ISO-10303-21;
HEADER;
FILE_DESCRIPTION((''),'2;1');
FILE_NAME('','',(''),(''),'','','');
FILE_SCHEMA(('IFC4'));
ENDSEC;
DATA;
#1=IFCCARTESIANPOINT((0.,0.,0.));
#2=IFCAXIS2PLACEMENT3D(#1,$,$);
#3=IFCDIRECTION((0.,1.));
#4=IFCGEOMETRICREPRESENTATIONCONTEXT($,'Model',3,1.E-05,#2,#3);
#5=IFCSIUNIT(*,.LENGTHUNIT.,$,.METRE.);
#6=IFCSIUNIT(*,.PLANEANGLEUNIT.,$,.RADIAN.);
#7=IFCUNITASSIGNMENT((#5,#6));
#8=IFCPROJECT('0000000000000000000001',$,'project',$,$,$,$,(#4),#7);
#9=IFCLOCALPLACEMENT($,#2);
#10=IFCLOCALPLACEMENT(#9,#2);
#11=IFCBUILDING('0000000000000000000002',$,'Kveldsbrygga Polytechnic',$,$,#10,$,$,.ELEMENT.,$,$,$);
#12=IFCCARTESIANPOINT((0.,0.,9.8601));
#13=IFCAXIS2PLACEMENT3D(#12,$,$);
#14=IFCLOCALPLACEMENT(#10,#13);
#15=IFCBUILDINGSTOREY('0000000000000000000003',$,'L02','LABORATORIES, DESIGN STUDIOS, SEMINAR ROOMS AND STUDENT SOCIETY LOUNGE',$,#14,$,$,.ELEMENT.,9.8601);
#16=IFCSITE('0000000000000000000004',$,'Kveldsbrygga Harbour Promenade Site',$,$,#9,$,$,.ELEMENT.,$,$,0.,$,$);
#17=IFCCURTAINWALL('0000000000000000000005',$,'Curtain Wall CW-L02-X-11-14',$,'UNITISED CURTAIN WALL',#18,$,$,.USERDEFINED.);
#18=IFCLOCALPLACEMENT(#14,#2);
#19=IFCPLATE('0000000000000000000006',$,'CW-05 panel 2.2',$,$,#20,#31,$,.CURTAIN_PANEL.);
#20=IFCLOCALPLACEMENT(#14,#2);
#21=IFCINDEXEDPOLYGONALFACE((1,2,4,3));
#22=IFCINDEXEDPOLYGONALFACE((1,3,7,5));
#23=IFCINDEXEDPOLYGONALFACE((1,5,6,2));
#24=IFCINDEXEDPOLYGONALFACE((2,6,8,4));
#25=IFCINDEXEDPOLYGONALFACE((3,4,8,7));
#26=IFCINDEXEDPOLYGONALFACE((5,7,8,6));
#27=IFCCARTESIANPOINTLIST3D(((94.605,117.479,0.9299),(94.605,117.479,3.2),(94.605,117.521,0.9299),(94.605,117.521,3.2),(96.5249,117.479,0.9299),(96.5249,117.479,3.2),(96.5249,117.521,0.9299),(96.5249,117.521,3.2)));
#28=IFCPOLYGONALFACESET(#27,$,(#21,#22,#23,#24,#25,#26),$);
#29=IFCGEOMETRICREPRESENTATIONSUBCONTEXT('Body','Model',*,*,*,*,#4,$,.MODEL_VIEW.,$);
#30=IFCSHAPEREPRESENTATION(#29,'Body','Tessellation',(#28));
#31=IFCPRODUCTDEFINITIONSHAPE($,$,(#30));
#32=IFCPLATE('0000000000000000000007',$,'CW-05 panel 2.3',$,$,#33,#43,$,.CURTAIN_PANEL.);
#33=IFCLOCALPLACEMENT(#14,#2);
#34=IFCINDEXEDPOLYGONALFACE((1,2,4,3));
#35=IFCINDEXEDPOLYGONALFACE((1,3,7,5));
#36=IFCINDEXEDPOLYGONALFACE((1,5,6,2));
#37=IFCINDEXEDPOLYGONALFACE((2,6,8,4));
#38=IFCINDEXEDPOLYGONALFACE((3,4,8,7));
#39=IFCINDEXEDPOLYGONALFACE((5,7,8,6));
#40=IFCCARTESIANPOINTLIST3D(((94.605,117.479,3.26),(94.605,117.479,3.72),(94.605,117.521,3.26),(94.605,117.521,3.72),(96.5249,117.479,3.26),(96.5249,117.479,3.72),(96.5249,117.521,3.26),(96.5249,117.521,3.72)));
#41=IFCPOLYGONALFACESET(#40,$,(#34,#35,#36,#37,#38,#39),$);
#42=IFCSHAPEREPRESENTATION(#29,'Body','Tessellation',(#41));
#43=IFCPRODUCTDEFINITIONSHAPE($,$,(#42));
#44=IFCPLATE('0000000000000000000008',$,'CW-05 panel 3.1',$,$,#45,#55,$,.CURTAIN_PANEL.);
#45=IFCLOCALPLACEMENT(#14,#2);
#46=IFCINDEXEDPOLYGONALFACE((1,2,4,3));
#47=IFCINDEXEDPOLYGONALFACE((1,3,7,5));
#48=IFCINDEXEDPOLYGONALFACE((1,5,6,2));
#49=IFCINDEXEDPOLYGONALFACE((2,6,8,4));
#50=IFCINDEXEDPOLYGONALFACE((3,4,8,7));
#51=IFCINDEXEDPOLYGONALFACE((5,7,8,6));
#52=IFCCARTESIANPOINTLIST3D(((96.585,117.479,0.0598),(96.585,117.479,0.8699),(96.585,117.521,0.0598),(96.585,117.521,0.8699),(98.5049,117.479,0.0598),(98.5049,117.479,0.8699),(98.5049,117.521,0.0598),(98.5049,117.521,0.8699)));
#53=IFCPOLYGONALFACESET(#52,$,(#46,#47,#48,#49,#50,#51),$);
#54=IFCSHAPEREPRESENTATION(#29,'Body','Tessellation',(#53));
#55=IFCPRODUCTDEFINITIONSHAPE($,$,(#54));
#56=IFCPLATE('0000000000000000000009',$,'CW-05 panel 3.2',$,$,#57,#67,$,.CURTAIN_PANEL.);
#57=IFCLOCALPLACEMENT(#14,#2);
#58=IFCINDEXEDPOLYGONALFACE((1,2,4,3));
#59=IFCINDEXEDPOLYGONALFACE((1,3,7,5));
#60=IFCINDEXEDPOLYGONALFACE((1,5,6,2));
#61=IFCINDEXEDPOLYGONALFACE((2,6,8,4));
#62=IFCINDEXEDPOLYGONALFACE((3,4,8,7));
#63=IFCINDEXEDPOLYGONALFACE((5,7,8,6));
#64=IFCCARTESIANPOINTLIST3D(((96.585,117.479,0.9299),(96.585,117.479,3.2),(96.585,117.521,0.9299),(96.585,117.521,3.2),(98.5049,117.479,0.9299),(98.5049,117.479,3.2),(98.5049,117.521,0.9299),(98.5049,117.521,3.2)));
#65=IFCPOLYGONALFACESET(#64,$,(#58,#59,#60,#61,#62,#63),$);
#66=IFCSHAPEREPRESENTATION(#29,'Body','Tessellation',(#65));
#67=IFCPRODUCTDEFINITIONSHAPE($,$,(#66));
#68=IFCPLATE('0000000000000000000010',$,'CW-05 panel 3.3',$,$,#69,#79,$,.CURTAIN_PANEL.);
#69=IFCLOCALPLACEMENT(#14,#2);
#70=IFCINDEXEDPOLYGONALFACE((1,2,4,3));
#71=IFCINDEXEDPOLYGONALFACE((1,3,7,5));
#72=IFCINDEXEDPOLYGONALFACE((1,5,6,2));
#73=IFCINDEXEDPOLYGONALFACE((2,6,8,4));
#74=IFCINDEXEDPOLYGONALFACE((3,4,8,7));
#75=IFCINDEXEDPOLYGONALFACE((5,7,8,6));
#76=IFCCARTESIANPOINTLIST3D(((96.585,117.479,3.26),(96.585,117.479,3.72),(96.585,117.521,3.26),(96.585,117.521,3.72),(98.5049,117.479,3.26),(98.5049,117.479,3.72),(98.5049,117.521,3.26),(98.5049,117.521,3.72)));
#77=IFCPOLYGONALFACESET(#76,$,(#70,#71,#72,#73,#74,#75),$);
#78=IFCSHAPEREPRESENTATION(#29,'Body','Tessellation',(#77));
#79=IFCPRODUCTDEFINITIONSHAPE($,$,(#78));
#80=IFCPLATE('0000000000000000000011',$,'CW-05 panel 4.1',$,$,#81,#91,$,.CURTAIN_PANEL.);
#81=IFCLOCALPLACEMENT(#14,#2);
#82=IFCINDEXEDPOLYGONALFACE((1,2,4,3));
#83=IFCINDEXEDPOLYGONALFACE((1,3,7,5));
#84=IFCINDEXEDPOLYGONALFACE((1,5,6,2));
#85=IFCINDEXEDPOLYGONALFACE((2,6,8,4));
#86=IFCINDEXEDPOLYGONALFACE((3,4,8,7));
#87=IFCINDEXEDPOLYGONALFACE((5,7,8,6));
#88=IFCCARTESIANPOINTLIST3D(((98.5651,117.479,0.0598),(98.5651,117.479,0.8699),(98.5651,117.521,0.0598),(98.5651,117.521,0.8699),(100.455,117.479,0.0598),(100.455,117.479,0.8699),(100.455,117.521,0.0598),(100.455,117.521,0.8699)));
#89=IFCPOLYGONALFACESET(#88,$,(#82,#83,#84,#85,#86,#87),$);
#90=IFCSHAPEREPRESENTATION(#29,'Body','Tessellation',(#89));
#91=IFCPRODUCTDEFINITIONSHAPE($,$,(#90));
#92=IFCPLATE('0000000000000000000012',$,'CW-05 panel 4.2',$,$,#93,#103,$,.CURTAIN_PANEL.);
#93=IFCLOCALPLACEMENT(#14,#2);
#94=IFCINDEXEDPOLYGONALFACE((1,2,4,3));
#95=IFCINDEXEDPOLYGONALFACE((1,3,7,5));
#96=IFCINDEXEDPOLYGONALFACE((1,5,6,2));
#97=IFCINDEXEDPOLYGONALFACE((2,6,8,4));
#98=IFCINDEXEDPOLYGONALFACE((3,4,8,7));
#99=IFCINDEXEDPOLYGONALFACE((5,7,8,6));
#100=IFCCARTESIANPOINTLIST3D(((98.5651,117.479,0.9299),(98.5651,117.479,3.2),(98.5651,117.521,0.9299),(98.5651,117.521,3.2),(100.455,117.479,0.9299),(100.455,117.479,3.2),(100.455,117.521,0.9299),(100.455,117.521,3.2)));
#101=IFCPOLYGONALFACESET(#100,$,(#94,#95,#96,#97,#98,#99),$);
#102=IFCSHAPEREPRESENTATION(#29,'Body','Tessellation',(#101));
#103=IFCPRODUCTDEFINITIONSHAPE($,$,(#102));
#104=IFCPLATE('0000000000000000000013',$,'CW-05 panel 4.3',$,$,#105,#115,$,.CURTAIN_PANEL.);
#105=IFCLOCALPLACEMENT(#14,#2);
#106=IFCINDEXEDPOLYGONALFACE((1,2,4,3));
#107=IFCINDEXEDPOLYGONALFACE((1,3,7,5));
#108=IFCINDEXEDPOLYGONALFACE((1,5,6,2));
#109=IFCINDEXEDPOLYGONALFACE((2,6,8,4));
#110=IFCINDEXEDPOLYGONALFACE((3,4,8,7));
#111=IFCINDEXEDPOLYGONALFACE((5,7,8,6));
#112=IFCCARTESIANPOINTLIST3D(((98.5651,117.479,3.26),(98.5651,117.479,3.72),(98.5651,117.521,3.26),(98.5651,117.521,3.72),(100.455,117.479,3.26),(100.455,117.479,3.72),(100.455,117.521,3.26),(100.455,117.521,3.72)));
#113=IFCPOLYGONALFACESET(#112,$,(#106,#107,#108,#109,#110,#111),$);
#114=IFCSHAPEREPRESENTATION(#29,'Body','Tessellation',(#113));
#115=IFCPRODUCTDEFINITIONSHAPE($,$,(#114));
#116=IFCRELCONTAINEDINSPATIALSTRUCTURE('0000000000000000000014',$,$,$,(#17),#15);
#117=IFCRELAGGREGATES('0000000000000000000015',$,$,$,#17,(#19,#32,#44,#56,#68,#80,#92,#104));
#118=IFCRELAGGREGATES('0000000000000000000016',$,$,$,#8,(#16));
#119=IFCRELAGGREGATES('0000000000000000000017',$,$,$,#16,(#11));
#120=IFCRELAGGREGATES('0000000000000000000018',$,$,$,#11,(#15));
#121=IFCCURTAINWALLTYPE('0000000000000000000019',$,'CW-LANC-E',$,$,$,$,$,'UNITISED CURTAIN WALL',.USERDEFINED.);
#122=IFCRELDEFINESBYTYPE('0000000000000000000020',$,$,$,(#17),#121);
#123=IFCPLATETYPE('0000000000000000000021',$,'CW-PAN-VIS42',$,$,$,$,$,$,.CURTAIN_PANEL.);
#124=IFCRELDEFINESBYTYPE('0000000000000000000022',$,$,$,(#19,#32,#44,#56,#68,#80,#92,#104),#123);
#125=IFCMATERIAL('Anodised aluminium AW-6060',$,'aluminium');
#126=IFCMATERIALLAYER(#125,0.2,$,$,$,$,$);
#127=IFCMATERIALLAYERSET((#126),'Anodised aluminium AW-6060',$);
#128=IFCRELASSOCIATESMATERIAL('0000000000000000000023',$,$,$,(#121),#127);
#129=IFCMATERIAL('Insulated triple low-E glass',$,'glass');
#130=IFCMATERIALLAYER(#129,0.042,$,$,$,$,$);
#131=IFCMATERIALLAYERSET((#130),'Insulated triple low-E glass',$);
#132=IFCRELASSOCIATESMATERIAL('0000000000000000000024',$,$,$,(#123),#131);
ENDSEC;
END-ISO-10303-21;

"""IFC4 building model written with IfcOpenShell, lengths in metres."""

from ifc_helpers import new_model, si_unit, direction, frame, origin, origin_2d, place, context, subcontext, project, spatial, rectangle, extrude, material, layer, layer_set, type_object, element, aggregate, save


model = new_model("IFC4")

# Units and contexts
model_context = context("Model", 3, precision=1e-05, world=origin(), true_north=direction((0.0, 1.0)))
body_context = subcontext(model_context, "Body", "Model", "MODEL_VIEW")
ifc_project = project(units=[si_unit("LENGTHUNIT", "METRE"), si_unit("PLANEANGLEUNIT", "RADIAN")], contexts=[model_context])

# Site, building, storey
site_placement = place(None, origin())
site = spatial("IfcSite", under=ifc_project, at=site_placement, Name="Kveldsbrygga Harbour Promenade Site", CompositionType="ELEMENT", RefElevation=0.0)
building_placement = place(site_placement, origin())
building = spatial("IfcBuilding", under=site, at=building_placement, Name="Kveldsbrygga Polytechnic", CompositionType="ELEMENT")
storey_placement = place(building_placement, frame((0.0, 0.0, 9.8601)))
storey = spatial("IfcBuildingStorey", under=building, at=storey_placement, Name="L02", Description="LABORATORIES, DESIGN STUDIOS, SEMINAR ROOMS AND STUDENT SOCIETY LOUNGE", CompositionType="ELEMENT", Elevation=9.8601)

# Curtain wall
ifc_material_1 = material(Name="Anodised aluminium AW-6060", Category="aluminium")
ifc_layer_1 = layer(ifc_material_1, 0.2)
ifc_layer_set_1 = layer_set([ifc_layer_1], Name="Anodised aluminium AW-6060")
curtain_wall_type = type_object("IfcCurtainWallType", Name="CW-LANC-E", ElementType="UNITISED CURTAIN WALL", PredefinedType="USERDEFINED", material=ifc_layer_set_1)
curtain_wall_placement = place(storey_placement, origin())
curtain_wall = element("IfcCurtainWall", 1, at=curtain_wall_placement, inside=storey, type_object=curtain_wall_type, Name="Curtain Wall CW-L02-X-11-14", ObjectType="UNITISED CURTAIN WALL", PredefinedType="USERDEFINED")

# Plates
ifc_material_2 = material(Name="Insulated triple low-E glass", Category="glass")
ifc_layer_2 = layer(ifc_material_2, 0.042)
ifc_layer_set_2 = layer_set([ifc_layer_2], Name="Insulated triple low-E glass")
plate_type_1 = type_object("IfcPlateType", Name="CW-PAN-VIS42", PredefinedType="CURTAIN_PANEL", material=ifc_layer_set_2)
plate_1_placement = place(storey_placement, frame((95.5649, 117.5, 0.9299), z_axis=(0.0, 0.0, 1.0), x_axis=(1.0, 0.0, 0.0)))
plate_1 = element("IfcPlate", 2, at=plate_1_placement, type_object=plate_type_1, Name="CW-05 panel 2.2", PredefinedType="CURTAIN_PANEL", context=body_context, shape_type="SweptSolid", body=[
    extrude(rectangle(XDim=1.9199, YDim=0.042, at=origin_2d()), origin(), (0.0, 0.0, 1.0), 2.27),
])
plate_2_placement = place(storey_placement, frame((95.5649, 117.5, 3.26), z_axis=(0.0, 0.0, 1.0), x_axis=(1.0, 0.0, 0.0)))
plate_2 = element("IfcPlate", 3, at=plate_2_placement, type_object=plate_type_1, Name="CW-05 panel 2.3", PredefinedType="CURTAIN_PANEL", context=body_context, shape_type="SweptSolid", body=[
    extrude(rectangle(XDim=1.9199, YDim=0.042, at=origin_2d()), origin(), (0.0, 0.0, 1.0), 0.46),
])
plate_3_placement = place(storey_placement, frame((97.5449, 117.5, 0.0598), z_axis=(0.0, 0.0, 1.0), x_axis=(1.0, 0.0, 0.0)))
plate_3 = element("IfcPlate", 4, at=plate_3_placement, type_object=plate_type_1, Name="CW-05 panel 3.1", PredefinedType="CURTAIN_PANEL", context=body_context, shape_type="SweptSolid", body=[
    extrude(rectangle(XDim=1.9199, YDim=0.042, at=origin_2d()), origin(), (0.0, 0.0, 1.0), 0.8101),
])
plate_4_placement = place(storey_placement, frame((97.5449, 117.5, 0.9299), z_axis=(0.0, 0.0, 1.0), x_axis=(1.0, 0.0, 0.0)))
plate_4 = element("IfcPlate", 5, at=plate_4_placement, type_object=plate_type_1, Name="CW-05 panel 3.2", PredefinedType="CURTAIN_PANEL", context=body_context, shape_type="SweptSolid", body=[
    extrude(rectangle(XDim=1.9199, YDim=0.042, at=origin_2d()), origin(), (0.0, 0.0, 1.0), 2.27),
])
plate_5_placement = place(storey_placement, frame((97.5449, 117.5, 3.26), z_axis=(0.0, 0.0, 1.0), x_axis=(1.0, 0.0, 0.0)))
plate_5 = element("IfcPlate", 6, at=plate_5_placement, type_object=plate_type_1, Name="CW-05 panel 3.3", PredefinedType="CURTAIN_PANEL", context=body_context, shape_type="SweptSolid", body=[
    extrude(rectangle(XDim=1.9199, YDim=0.042, at=origin_2d()), origin(), (0.0, 0.0, 1.0), 0.46),
])
plate_6_placement = place(storey_placement, frame((99.51, 117.5, 0.0598), z_axis=(0.0, 0.0, 1.0), x_axis=(1.0, 0.0, 0.0)))
plate_6 = element("IfcPlate", 7, at=plate_6_placement, type_object=plate_type_1, Name="CW-05 panel 4.1", PredefinedType="CURTAIN_PANEL", context=body_context, shape_type="SweptSolid", body=[
    extrude(rectangle(XDim=1.8899, YDim=0.042, at=origin_2d()), origin(), (0.0, 0.0, 1.0), 0.8101),
])
plate_7_placement = place(storey_placement, frame((99.51, 117.5, 0.9299), z_axis=(0.0, 0.0, 1.0), x_axis=(1.0, 0.0, 0.0)))
plate_7 = element("IfcPlate", 8, at=plate_7_placement, type_object=plate_type_1, Name="CW-05 panel 4.2", PredefinedType="CURTAIN_PANEL", context=body_context, shape_type="SweptSolid", body=[
    extrude(rectangle(XDim=1.8899, YDim=0.042, at=origin_2d()), origin(), (0.0, 0.0, 1.0), 2.27),
])
plate_8_placement = place(storey_placement, frame((99.51, 117.5, 3.26), z_axis=(0.0, 0.0, 1.0), x_axis=(1.0, 0.0, 0.0)))
plate_8 = element("IfcPlate", 9, at=plate_8_placement, type_object=plate_type_1, Name="CW-05 panel 4.3", PredefinedType="CURTAIN_PANEL", context=body_context, shape_type="SweptSolid", body=[
    extrude(rectangle(XDim=1.8899, YDim=0.042, at=origin_2d()), origin(), (0.0, 0.0, 1.0), 0.46),
])
aggregate(curtain_wall, [plate_1, plate_2, plate_3, plate_4, plate_5, plate_6, plate_7, plate_8])

save(model, "model.ifc")
